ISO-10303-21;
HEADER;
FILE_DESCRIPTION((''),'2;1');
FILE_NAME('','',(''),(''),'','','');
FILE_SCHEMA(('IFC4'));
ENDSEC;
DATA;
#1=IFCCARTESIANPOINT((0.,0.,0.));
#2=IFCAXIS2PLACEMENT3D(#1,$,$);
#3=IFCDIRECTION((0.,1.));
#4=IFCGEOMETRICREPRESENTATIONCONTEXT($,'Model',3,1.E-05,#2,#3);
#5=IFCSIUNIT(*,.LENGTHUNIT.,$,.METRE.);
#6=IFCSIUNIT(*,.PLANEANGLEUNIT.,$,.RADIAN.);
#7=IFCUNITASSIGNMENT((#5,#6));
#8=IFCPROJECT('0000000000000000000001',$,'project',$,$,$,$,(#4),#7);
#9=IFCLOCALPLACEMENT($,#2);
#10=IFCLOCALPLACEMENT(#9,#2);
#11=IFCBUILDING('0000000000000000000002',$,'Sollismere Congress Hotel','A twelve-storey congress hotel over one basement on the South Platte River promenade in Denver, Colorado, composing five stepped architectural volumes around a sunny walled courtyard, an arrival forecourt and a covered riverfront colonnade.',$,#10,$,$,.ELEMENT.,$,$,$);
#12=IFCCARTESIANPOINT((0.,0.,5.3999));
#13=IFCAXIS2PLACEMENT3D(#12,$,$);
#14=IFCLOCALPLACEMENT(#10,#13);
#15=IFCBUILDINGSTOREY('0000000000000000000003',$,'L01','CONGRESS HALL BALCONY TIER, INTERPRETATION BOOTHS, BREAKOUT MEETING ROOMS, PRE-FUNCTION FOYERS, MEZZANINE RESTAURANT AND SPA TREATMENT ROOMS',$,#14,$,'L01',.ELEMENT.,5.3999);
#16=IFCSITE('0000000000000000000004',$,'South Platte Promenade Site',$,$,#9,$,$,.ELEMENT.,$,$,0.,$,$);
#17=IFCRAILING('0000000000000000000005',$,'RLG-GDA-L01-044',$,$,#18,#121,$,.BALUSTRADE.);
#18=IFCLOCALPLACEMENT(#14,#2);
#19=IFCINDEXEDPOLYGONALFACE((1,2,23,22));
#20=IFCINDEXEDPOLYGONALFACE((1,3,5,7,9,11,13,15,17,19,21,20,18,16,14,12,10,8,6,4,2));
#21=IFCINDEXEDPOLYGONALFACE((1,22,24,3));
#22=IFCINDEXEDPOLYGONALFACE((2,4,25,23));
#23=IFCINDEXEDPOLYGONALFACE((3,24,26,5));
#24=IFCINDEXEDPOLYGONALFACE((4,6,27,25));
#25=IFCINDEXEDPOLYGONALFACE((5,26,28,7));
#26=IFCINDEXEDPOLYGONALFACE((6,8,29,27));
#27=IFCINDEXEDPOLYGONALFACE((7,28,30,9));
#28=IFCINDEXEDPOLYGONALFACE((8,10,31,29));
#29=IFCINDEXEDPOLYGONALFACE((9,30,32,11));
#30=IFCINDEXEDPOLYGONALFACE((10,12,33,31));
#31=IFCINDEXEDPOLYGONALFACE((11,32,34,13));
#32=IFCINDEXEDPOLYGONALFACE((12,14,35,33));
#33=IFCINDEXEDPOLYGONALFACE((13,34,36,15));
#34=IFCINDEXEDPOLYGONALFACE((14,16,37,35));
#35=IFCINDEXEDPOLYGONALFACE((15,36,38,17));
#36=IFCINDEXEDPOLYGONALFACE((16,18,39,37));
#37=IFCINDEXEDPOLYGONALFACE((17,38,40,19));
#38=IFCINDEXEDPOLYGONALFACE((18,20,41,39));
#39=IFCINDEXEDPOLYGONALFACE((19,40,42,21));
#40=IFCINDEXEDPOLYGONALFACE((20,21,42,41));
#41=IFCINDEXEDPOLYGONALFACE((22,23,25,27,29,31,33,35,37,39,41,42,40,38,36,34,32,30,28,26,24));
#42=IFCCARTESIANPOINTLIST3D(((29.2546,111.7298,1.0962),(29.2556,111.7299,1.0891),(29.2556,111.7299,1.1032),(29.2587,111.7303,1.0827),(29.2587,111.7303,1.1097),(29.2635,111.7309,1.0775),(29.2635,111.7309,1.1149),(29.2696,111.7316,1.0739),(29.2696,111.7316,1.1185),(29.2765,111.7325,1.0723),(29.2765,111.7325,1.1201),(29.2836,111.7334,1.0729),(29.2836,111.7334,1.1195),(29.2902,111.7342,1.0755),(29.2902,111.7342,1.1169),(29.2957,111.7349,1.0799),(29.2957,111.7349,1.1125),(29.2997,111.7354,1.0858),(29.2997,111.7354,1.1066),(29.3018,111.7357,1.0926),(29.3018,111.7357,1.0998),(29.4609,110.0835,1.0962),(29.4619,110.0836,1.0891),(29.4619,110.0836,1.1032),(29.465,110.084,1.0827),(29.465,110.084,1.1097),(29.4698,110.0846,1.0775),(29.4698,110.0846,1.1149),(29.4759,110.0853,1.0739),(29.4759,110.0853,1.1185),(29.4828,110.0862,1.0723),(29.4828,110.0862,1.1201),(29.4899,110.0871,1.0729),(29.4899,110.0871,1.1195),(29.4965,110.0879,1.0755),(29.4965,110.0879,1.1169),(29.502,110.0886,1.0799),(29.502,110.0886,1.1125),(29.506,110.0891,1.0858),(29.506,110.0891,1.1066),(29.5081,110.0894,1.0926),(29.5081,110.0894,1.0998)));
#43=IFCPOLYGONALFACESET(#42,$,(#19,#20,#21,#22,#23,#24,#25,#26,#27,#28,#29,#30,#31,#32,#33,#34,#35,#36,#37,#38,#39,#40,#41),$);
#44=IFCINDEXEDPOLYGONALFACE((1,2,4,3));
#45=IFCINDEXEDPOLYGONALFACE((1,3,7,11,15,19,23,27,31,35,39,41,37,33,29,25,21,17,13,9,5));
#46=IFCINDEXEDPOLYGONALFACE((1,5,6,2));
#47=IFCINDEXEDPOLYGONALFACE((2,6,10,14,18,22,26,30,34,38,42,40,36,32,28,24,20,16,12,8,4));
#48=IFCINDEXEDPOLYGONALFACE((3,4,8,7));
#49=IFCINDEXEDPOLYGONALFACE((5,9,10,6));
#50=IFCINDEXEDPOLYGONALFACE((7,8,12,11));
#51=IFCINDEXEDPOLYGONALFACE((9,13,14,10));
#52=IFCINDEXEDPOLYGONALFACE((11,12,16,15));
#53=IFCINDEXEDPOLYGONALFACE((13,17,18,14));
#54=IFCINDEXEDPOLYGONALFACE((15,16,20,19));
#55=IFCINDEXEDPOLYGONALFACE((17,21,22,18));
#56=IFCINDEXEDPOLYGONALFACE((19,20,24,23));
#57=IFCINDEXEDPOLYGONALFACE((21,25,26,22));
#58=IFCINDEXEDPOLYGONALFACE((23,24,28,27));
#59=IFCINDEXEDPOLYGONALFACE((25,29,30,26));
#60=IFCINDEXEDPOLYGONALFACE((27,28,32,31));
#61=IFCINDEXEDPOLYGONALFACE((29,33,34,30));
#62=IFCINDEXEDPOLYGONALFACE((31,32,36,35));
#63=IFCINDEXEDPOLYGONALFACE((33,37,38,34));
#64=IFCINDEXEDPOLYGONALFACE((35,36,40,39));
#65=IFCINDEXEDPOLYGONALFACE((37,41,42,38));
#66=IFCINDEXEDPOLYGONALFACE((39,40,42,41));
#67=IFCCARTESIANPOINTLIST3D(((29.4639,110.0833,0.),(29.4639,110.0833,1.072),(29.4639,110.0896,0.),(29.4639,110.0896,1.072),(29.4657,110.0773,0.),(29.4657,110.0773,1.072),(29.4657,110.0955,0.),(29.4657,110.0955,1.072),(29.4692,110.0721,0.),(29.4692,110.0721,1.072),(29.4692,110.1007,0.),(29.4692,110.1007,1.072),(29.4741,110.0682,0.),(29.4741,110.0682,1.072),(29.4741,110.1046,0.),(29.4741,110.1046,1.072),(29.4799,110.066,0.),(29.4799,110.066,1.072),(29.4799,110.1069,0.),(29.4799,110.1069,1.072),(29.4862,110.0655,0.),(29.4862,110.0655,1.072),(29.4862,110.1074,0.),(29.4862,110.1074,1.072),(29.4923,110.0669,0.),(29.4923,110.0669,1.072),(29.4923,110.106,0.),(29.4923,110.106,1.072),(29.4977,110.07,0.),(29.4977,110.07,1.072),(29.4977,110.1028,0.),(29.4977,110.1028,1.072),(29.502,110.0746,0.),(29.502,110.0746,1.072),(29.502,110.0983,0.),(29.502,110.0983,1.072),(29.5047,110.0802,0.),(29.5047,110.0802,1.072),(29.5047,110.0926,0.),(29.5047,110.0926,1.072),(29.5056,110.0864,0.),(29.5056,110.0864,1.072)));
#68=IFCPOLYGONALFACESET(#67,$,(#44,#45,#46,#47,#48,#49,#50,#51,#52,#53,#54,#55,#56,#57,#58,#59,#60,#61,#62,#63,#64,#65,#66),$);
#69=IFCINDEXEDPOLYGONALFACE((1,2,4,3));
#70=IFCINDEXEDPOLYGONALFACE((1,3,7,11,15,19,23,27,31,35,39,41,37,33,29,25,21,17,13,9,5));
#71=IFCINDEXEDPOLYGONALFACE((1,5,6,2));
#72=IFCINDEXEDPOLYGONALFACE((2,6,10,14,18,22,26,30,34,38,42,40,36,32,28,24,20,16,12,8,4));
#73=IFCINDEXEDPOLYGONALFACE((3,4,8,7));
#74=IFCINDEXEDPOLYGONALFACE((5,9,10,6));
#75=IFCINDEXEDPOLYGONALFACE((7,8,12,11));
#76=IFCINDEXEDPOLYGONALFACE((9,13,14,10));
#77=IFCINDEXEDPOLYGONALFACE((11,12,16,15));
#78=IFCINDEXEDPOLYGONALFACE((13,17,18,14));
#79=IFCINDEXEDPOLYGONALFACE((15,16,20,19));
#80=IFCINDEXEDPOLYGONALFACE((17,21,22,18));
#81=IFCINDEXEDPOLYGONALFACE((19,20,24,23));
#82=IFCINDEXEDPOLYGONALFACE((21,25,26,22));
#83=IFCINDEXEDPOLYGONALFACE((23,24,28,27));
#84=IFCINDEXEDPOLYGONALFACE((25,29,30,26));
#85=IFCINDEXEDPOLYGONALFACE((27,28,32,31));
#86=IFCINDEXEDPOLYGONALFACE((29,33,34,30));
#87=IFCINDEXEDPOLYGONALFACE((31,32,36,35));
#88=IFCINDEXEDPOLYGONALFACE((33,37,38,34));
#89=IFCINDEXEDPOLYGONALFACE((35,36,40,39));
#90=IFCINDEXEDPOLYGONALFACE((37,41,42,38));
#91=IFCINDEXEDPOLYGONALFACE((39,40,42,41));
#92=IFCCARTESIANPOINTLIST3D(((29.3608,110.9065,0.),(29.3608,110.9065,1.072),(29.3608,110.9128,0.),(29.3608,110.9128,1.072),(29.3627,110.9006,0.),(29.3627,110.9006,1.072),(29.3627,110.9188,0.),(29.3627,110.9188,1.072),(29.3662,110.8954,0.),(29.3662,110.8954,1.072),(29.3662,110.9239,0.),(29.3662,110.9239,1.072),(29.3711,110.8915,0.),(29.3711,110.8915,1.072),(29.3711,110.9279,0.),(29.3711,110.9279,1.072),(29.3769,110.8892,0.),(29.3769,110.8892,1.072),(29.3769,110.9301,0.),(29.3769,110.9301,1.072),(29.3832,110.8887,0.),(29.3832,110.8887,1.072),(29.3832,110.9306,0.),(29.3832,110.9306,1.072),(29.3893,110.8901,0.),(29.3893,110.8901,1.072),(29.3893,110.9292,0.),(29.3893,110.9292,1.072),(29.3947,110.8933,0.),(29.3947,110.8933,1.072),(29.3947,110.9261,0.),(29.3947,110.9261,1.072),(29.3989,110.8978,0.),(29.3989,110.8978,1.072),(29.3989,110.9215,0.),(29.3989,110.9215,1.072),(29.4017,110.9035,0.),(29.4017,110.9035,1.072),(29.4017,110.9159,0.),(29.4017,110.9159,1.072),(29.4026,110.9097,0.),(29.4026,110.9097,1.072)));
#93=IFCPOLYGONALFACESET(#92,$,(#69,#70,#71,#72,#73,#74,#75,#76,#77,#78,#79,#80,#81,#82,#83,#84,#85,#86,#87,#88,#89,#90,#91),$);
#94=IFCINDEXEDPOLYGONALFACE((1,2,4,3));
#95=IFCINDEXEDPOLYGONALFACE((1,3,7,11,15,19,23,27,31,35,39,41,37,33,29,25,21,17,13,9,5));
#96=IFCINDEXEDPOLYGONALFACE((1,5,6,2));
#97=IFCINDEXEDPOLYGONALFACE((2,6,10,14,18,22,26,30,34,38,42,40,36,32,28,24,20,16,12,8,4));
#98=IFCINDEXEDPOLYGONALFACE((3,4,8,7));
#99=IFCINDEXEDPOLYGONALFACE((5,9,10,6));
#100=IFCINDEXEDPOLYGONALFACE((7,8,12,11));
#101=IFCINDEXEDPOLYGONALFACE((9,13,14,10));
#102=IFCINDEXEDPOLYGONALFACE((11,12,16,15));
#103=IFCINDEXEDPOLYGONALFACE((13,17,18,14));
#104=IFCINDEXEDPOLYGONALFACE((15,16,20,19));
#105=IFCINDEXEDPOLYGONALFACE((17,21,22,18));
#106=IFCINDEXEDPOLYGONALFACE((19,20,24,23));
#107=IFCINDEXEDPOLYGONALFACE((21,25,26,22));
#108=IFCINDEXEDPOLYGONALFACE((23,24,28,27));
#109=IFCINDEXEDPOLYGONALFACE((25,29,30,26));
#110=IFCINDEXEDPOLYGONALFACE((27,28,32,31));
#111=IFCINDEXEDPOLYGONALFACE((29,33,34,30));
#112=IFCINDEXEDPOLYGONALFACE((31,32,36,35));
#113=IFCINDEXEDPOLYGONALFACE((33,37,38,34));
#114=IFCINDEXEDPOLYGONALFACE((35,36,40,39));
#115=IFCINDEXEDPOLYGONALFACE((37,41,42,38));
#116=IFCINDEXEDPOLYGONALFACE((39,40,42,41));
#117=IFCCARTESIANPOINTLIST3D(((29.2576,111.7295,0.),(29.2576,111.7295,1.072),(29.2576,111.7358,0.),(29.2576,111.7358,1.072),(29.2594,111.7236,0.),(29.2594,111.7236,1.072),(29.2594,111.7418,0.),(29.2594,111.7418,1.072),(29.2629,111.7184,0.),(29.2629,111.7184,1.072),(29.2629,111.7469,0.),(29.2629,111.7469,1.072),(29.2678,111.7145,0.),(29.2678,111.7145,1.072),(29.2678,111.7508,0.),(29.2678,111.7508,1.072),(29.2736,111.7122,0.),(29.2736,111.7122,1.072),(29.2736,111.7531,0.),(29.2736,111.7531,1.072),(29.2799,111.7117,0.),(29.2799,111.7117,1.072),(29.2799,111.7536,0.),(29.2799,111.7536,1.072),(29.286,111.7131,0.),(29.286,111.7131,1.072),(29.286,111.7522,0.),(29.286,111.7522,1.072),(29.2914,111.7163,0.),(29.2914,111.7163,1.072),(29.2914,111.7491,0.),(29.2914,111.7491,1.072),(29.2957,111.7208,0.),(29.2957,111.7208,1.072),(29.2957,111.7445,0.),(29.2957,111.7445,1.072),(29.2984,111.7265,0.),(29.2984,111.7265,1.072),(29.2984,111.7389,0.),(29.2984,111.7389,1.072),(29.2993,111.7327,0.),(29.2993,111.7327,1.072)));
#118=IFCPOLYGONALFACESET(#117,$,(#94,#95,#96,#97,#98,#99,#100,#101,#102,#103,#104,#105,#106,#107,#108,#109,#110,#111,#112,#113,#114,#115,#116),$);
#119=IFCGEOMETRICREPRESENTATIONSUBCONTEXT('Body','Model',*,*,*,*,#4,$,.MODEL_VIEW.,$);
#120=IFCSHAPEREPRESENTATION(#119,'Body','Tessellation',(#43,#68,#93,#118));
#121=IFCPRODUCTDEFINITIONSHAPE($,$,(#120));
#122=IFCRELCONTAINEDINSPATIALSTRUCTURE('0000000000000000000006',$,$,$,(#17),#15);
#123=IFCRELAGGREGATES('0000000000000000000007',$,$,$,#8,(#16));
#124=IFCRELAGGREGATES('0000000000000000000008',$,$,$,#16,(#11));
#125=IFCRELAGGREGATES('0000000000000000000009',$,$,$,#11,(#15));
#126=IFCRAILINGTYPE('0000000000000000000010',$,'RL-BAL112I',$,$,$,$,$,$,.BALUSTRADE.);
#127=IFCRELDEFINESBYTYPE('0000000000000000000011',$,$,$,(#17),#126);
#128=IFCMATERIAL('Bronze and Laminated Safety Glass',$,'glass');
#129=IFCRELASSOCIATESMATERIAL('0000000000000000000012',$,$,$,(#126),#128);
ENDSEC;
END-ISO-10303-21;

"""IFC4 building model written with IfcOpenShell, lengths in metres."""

from ifc_helpers import new_model, si_unit, direction, frame, origin, origin_2d, place, context, subcontext, project, spatial, circle, extrude, material, type_object, element, save


model = new_model("IFC4")

# Units and contexts
model_context = context("Model", 3, precision=1e-05, world=origin(), true_north=direction((0.0, 1.0)))
body_context = subcontext(model_context, "Body", "Model", "MODEL_VIEW")
ifc_project = project(units=[si_unit("LENGTHUNIT", "METRE"), si_unit("PLANEANGLEUNIT", "RADIAN")], contexts=[model_context])

# Site, building, storey
site_placement = place(None, origin())
site = spatial("IfcSite", under=ifc_project, at=site_placement, Name="South Platte Promenade Site", CompositionType="ELEMENT", RefElevation=0.0)
building_placement = place(site_placement, origin())
building = spatial("IfcBuilding", under=site, at=building_placement, Name="Sollismere Congress Hotel", Description="A twelve-storey congress hotel over one basement on the South Platte River promenade in Denver, Colorado, composing five stepped architectural volumes around a sunny walled courtyard, an arrival forecourt and a covered riverfront colonnade.", CompositionType="ELEMENT")
storey_placement = place(building_placement, frame((0.0, 0.0, 5.3999)))
storey = spatial("IfcBuildingStorey", under=building, at=storey_placement, Name="L01", Description="CONGRESS HALL BALCONY TIER, INTERPRETATION BOOTHS, BREAKOUT MEETING ROOMS, PRE-FUNCTION FOYERS, MEZZANINE RESTAURANT AND SPA TREATMENT ROOMS", LongName="L01", CompositionType="ELEMENT", Elevation=5.3999)

# Railing
ifc_material_1 = material(Name="Bronze and Laminated Safety Glass", Category="glass")
railing_type = type_object("IfcRailingType", Name="RL-BAL112I", PredefinedType="BALUSTRADE", material=ifc_material_1)
railing_1_placement = place(storey_placement, frame((29.4846, 110.0864, 0.0)))
element("IfcRailing", 1, at=railing_1_placement, inside=storey, type_object=railing_type, Name="RLG-GDA-L01-044", PredefinedType="BALUSTRADE", context=body_context, shape_type="SweptSolid", body=[
    extrude(circle(Radius=0.0239, at=origin_2d()), frame((0.0, 0.0, 1.0962), z_axis=(-0.124343, 0.992239, 0.0), x_axis=(-0.992239, -0.124343, 0.0)), (0.0, 0.0, 1.0), 1.6592),
    extrude(circle(Radius=0.021, at=origin_2d()), origin(), (0.0, 0.0, 1.0), 1.072),
    extrude(circle(Radius=0.021, at=origin_2d()), frame((-0.103, 0.8232, 0.0)), (0.0, 0.0, 1.0), 1.072),
    extrude(circle(Radius=0.021, at=origin_2d()), frame((-0.2063, 1.6462, 0.0)), (0.0, 0.0, 1.0), 1.072),
])

save(model, "model.ifc")
